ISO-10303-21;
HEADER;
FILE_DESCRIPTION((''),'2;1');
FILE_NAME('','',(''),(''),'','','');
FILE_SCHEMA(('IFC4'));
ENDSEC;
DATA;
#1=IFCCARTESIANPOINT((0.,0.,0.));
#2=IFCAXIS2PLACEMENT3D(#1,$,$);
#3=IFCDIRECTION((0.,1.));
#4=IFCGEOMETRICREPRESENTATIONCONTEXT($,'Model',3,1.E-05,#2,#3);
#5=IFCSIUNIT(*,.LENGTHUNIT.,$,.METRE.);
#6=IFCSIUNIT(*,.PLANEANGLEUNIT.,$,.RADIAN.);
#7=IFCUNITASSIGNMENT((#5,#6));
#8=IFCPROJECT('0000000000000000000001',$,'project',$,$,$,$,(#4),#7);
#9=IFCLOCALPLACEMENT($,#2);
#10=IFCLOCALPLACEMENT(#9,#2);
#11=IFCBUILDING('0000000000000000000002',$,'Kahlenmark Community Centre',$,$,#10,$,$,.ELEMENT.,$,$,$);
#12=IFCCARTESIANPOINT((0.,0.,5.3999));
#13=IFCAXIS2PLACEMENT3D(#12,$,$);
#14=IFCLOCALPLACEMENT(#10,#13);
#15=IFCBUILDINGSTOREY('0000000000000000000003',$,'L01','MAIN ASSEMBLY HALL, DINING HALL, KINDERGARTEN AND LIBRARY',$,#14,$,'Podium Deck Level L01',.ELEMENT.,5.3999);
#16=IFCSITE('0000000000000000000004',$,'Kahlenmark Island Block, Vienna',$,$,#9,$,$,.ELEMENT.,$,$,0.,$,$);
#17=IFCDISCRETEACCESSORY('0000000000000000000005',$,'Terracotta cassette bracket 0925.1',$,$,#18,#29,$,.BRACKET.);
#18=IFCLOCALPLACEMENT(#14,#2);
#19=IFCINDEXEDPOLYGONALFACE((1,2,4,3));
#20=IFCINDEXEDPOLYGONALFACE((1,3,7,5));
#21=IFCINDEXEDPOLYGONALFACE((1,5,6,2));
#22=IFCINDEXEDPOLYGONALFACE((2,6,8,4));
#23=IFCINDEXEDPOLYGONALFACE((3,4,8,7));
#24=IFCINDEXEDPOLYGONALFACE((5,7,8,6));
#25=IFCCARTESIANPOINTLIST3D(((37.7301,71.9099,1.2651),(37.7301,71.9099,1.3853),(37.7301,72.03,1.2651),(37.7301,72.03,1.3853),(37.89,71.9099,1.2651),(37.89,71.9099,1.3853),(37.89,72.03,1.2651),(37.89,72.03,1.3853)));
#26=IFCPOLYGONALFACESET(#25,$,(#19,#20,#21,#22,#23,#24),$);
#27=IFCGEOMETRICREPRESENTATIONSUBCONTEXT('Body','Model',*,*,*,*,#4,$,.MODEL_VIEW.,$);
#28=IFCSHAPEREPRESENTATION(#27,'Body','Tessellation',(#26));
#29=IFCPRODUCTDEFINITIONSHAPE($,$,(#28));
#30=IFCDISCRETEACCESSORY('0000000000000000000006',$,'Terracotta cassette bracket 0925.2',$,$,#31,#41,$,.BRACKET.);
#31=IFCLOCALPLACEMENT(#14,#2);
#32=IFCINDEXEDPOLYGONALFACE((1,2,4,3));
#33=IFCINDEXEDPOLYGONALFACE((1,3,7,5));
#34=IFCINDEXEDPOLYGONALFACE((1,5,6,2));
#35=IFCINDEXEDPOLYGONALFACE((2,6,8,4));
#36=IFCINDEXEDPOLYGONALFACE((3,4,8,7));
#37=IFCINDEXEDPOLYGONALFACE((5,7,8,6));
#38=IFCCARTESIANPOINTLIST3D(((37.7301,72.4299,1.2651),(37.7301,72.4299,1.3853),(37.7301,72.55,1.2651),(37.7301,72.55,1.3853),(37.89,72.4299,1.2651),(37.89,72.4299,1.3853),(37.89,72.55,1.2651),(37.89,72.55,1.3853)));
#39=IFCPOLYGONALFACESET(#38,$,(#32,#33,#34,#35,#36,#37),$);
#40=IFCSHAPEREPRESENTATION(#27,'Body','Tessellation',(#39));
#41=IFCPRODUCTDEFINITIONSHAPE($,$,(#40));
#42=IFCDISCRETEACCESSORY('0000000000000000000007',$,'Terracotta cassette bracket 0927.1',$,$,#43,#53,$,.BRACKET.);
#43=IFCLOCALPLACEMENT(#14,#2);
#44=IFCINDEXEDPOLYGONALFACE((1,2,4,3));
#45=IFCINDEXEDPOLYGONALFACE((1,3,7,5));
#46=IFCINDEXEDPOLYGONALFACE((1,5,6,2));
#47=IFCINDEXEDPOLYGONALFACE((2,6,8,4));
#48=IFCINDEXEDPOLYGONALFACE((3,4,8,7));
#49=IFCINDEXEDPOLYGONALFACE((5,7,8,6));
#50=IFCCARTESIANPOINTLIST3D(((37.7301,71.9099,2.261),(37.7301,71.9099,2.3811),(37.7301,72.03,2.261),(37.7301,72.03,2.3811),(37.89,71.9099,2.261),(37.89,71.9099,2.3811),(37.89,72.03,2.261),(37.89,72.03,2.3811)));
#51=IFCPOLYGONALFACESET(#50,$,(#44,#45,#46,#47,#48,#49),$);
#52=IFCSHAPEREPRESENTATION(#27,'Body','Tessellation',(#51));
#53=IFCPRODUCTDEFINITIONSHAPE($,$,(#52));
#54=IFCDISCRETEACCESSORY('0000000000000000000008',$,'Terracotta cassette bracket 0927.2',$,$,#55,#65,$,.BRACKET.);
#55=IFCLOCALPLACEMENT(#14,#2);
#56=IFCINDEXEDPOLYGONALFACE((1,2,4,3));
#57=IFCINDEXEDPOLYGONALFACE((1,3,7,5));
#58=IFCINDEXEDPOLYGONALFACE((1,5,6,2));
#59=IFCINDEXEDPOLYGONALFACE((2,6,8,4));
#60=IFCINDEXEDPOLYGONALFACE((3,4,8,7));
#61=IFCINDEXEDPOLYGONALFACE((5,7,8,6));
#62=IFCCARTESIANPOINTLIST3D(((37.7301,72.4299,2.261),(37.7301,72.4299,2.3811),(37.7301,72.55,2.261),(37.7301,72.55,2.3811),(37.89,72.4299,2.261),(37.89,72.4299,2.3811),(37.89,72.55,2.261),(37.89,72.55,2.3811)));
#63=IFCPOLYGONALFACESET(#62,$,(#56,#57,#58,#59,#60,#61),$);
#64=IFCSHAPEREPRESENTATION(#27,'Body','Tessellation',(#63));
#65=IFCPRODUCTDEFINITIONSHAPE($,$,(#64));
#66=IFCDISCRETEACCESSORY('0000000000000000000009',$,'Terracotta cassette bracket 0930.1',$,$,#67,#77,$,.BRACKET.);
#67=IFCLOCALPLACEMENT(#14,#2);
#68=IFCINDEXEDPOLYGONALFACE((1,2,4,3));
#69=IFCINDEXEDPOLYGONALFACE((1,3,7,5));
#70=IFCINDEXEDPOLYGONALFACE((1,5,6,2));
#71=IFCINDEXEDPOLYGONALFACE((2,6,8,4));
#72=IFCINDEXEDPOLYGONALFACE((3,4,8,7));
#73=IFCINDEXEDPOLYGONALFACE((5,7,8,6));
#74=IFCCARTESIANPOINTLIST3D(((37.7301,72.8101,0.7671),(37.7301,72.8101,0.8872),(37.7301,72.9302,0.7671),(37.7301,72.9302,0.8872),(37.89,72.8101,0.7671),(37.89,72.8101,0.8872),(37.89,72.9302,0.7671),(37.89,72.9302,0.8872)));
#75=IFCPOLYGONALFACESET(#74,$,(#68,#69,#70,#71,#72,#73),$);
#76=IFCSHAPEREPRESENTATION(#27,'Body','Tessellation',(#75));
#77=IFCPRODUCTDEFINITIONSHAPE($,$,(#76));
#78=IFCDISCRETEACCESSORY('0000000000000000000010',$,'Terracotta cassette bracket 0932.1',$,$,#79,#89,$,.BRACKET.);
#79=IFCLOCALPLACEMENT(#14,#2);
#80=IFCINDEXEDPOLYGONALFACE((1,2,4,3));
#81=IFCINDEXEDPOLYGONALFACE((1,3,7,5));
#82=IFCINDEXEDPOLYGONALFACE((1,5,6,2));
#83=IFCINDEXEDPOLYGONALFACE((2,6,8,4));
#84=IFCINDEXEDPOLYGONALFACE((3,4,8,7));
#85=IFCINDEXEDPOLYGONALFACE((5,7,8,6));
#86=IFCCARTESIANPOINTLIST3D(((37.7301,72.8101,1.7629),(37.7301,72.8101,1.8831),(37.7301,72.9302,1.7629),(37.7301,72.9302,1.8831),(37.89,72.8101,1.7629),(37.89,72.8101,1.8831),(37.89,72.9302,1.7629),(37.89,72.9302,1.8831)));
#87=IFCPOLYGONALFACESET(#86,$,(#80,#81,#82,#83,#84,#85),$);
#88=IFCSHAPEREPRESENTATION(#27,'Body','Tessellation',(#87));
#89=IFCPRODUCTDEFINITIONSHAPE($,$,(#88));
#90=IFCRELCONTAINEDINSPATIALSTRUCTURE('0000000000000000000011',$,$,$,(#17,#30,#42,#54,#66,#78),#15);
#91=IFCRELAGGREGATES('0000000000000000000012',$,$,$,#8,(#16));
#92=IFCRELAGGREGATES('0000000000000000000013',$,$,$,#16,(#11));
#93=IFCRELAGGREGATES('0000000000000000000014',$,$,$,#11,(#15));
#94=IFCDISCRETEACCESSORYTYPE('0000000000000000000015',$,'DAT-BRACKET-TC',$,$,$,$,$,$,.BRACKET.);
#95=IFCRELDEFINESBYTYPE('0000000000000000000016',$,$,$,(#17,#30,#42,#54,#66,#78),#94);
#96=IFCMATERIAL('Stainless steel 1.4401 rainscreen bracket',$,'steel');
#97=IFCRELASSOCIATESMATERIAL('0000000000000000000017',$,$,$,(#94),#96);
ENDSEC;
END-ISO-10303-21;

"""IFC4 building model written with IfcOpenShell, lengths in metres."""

from ifc_helpers import new_model, si_unit, direction, frame, origin, origin_2d, place, context, subcontext, project, spatial, rectangle, extrude, material, type_object, element, save


model = new_model("IFC4")

# Units and contexts
model_context = context("Model", 3, precision=1e-05, world=origin(), true_north=direction((0.0, 1.0)))
body_context = subcontext(model_context, "Body", "Model", "MODEL_VIEW")
ifc_project = project(units=[si_unit("LENGTHUNIT", "METRE"), si_unit("PLANEANGLEUNIT", "RADIAN")], contexts=[model_context])

# Site, building, storey
site_placement = place(None, origin())
site = spatial("IfcSite", under=ifc_project, at=site_placement, Name="Kahlenmark Island Block, Vienna", CompositionType="ELEMENT", RefElevation=0.0)
building_placement = place(site_placement, origin())
building = spatial("IfcBuilding", under=site, at=building_placement, Name="Kahlenmark Community Centre", CompositionType="ELEMENT")
storey_placement = place(building_placement, frame((0.0, 0.0, 5.3999)))
storey = spatial("IfcBuildingStorey", under=building, at=storey_placement, Name="L01", Description="MAIN ASSEMBLY HALL, DINING HALL, KINDERGARTEN AND LIBRARY", LongName="Podium Deck Level L01", CompositionType="ELEMENT", Elevation=5.3999)

# Discrete accessories
ifc_material_1 = material(Name="Stainless steel 1.4401 rainscreen bracket", Category="steel")
discrete_accessory_type = type_object("IfcDiscreteAccessoryType", Name="DAT-BRACKET-TC", PredefinedType="BRACKET", material=ifc_material_1)
for number, where, z_axis, x_axis, name in (
    (1, (37.8101, 71.97, 1.2651), (0.0, 0.0, 1.0), (0.0, 1.0, 0.0), "Terracotta cassette bracket 0925.1"),
    (2, (37.8101, 72.49, 1.2651), (0.0, 0.0, 1.0), (0.0, 1.0, 0.0), "Terracotta cassette bracket 0925.2"),
    (3, (37.8101, 71.97, 2.261), (0.0, 0.0, 1.0), (0.0, 1.0, 0.0), "Terracotta cassette bracket 0927.1"),
    (4, (37.8101, 72.49, 2.261), (0.0, 0.0, 1.0), (0.0, 1.0, 0.0), "Terracotta cassette bracket 0927.2"),
    (5, (37.8101, 72.8701, 0.7671), (0.0, 0.0, 1.0), (0.0, 1.0, 0.0), "Terracotta cassette bracket 0930.1"),
    (6, (37.8101, 72.8701, 1.7629), (0.0, 0.0, 1.0), (0.0, 1.0, 0.0), "Terracotta cassette bracket 0932.1"),
):
    element("IfcDiscreteAccessory", number, at=place(storey_placement, frame(where, z_axis=z_axis, x_axis=x_axis)), inside=storey, type_object=discrete_accessory_type, Name=name, PredefinedType="BRACKET", context=body_context, shape_type="SweptSolid", body=[
        extrude(rectangle(XDim=0.1201, YDim=0.1599, at=origin_2d()), origin(), (0.0, 0.0, 1.0), 0.1201),
    ])

save(model, "model.ifc")
